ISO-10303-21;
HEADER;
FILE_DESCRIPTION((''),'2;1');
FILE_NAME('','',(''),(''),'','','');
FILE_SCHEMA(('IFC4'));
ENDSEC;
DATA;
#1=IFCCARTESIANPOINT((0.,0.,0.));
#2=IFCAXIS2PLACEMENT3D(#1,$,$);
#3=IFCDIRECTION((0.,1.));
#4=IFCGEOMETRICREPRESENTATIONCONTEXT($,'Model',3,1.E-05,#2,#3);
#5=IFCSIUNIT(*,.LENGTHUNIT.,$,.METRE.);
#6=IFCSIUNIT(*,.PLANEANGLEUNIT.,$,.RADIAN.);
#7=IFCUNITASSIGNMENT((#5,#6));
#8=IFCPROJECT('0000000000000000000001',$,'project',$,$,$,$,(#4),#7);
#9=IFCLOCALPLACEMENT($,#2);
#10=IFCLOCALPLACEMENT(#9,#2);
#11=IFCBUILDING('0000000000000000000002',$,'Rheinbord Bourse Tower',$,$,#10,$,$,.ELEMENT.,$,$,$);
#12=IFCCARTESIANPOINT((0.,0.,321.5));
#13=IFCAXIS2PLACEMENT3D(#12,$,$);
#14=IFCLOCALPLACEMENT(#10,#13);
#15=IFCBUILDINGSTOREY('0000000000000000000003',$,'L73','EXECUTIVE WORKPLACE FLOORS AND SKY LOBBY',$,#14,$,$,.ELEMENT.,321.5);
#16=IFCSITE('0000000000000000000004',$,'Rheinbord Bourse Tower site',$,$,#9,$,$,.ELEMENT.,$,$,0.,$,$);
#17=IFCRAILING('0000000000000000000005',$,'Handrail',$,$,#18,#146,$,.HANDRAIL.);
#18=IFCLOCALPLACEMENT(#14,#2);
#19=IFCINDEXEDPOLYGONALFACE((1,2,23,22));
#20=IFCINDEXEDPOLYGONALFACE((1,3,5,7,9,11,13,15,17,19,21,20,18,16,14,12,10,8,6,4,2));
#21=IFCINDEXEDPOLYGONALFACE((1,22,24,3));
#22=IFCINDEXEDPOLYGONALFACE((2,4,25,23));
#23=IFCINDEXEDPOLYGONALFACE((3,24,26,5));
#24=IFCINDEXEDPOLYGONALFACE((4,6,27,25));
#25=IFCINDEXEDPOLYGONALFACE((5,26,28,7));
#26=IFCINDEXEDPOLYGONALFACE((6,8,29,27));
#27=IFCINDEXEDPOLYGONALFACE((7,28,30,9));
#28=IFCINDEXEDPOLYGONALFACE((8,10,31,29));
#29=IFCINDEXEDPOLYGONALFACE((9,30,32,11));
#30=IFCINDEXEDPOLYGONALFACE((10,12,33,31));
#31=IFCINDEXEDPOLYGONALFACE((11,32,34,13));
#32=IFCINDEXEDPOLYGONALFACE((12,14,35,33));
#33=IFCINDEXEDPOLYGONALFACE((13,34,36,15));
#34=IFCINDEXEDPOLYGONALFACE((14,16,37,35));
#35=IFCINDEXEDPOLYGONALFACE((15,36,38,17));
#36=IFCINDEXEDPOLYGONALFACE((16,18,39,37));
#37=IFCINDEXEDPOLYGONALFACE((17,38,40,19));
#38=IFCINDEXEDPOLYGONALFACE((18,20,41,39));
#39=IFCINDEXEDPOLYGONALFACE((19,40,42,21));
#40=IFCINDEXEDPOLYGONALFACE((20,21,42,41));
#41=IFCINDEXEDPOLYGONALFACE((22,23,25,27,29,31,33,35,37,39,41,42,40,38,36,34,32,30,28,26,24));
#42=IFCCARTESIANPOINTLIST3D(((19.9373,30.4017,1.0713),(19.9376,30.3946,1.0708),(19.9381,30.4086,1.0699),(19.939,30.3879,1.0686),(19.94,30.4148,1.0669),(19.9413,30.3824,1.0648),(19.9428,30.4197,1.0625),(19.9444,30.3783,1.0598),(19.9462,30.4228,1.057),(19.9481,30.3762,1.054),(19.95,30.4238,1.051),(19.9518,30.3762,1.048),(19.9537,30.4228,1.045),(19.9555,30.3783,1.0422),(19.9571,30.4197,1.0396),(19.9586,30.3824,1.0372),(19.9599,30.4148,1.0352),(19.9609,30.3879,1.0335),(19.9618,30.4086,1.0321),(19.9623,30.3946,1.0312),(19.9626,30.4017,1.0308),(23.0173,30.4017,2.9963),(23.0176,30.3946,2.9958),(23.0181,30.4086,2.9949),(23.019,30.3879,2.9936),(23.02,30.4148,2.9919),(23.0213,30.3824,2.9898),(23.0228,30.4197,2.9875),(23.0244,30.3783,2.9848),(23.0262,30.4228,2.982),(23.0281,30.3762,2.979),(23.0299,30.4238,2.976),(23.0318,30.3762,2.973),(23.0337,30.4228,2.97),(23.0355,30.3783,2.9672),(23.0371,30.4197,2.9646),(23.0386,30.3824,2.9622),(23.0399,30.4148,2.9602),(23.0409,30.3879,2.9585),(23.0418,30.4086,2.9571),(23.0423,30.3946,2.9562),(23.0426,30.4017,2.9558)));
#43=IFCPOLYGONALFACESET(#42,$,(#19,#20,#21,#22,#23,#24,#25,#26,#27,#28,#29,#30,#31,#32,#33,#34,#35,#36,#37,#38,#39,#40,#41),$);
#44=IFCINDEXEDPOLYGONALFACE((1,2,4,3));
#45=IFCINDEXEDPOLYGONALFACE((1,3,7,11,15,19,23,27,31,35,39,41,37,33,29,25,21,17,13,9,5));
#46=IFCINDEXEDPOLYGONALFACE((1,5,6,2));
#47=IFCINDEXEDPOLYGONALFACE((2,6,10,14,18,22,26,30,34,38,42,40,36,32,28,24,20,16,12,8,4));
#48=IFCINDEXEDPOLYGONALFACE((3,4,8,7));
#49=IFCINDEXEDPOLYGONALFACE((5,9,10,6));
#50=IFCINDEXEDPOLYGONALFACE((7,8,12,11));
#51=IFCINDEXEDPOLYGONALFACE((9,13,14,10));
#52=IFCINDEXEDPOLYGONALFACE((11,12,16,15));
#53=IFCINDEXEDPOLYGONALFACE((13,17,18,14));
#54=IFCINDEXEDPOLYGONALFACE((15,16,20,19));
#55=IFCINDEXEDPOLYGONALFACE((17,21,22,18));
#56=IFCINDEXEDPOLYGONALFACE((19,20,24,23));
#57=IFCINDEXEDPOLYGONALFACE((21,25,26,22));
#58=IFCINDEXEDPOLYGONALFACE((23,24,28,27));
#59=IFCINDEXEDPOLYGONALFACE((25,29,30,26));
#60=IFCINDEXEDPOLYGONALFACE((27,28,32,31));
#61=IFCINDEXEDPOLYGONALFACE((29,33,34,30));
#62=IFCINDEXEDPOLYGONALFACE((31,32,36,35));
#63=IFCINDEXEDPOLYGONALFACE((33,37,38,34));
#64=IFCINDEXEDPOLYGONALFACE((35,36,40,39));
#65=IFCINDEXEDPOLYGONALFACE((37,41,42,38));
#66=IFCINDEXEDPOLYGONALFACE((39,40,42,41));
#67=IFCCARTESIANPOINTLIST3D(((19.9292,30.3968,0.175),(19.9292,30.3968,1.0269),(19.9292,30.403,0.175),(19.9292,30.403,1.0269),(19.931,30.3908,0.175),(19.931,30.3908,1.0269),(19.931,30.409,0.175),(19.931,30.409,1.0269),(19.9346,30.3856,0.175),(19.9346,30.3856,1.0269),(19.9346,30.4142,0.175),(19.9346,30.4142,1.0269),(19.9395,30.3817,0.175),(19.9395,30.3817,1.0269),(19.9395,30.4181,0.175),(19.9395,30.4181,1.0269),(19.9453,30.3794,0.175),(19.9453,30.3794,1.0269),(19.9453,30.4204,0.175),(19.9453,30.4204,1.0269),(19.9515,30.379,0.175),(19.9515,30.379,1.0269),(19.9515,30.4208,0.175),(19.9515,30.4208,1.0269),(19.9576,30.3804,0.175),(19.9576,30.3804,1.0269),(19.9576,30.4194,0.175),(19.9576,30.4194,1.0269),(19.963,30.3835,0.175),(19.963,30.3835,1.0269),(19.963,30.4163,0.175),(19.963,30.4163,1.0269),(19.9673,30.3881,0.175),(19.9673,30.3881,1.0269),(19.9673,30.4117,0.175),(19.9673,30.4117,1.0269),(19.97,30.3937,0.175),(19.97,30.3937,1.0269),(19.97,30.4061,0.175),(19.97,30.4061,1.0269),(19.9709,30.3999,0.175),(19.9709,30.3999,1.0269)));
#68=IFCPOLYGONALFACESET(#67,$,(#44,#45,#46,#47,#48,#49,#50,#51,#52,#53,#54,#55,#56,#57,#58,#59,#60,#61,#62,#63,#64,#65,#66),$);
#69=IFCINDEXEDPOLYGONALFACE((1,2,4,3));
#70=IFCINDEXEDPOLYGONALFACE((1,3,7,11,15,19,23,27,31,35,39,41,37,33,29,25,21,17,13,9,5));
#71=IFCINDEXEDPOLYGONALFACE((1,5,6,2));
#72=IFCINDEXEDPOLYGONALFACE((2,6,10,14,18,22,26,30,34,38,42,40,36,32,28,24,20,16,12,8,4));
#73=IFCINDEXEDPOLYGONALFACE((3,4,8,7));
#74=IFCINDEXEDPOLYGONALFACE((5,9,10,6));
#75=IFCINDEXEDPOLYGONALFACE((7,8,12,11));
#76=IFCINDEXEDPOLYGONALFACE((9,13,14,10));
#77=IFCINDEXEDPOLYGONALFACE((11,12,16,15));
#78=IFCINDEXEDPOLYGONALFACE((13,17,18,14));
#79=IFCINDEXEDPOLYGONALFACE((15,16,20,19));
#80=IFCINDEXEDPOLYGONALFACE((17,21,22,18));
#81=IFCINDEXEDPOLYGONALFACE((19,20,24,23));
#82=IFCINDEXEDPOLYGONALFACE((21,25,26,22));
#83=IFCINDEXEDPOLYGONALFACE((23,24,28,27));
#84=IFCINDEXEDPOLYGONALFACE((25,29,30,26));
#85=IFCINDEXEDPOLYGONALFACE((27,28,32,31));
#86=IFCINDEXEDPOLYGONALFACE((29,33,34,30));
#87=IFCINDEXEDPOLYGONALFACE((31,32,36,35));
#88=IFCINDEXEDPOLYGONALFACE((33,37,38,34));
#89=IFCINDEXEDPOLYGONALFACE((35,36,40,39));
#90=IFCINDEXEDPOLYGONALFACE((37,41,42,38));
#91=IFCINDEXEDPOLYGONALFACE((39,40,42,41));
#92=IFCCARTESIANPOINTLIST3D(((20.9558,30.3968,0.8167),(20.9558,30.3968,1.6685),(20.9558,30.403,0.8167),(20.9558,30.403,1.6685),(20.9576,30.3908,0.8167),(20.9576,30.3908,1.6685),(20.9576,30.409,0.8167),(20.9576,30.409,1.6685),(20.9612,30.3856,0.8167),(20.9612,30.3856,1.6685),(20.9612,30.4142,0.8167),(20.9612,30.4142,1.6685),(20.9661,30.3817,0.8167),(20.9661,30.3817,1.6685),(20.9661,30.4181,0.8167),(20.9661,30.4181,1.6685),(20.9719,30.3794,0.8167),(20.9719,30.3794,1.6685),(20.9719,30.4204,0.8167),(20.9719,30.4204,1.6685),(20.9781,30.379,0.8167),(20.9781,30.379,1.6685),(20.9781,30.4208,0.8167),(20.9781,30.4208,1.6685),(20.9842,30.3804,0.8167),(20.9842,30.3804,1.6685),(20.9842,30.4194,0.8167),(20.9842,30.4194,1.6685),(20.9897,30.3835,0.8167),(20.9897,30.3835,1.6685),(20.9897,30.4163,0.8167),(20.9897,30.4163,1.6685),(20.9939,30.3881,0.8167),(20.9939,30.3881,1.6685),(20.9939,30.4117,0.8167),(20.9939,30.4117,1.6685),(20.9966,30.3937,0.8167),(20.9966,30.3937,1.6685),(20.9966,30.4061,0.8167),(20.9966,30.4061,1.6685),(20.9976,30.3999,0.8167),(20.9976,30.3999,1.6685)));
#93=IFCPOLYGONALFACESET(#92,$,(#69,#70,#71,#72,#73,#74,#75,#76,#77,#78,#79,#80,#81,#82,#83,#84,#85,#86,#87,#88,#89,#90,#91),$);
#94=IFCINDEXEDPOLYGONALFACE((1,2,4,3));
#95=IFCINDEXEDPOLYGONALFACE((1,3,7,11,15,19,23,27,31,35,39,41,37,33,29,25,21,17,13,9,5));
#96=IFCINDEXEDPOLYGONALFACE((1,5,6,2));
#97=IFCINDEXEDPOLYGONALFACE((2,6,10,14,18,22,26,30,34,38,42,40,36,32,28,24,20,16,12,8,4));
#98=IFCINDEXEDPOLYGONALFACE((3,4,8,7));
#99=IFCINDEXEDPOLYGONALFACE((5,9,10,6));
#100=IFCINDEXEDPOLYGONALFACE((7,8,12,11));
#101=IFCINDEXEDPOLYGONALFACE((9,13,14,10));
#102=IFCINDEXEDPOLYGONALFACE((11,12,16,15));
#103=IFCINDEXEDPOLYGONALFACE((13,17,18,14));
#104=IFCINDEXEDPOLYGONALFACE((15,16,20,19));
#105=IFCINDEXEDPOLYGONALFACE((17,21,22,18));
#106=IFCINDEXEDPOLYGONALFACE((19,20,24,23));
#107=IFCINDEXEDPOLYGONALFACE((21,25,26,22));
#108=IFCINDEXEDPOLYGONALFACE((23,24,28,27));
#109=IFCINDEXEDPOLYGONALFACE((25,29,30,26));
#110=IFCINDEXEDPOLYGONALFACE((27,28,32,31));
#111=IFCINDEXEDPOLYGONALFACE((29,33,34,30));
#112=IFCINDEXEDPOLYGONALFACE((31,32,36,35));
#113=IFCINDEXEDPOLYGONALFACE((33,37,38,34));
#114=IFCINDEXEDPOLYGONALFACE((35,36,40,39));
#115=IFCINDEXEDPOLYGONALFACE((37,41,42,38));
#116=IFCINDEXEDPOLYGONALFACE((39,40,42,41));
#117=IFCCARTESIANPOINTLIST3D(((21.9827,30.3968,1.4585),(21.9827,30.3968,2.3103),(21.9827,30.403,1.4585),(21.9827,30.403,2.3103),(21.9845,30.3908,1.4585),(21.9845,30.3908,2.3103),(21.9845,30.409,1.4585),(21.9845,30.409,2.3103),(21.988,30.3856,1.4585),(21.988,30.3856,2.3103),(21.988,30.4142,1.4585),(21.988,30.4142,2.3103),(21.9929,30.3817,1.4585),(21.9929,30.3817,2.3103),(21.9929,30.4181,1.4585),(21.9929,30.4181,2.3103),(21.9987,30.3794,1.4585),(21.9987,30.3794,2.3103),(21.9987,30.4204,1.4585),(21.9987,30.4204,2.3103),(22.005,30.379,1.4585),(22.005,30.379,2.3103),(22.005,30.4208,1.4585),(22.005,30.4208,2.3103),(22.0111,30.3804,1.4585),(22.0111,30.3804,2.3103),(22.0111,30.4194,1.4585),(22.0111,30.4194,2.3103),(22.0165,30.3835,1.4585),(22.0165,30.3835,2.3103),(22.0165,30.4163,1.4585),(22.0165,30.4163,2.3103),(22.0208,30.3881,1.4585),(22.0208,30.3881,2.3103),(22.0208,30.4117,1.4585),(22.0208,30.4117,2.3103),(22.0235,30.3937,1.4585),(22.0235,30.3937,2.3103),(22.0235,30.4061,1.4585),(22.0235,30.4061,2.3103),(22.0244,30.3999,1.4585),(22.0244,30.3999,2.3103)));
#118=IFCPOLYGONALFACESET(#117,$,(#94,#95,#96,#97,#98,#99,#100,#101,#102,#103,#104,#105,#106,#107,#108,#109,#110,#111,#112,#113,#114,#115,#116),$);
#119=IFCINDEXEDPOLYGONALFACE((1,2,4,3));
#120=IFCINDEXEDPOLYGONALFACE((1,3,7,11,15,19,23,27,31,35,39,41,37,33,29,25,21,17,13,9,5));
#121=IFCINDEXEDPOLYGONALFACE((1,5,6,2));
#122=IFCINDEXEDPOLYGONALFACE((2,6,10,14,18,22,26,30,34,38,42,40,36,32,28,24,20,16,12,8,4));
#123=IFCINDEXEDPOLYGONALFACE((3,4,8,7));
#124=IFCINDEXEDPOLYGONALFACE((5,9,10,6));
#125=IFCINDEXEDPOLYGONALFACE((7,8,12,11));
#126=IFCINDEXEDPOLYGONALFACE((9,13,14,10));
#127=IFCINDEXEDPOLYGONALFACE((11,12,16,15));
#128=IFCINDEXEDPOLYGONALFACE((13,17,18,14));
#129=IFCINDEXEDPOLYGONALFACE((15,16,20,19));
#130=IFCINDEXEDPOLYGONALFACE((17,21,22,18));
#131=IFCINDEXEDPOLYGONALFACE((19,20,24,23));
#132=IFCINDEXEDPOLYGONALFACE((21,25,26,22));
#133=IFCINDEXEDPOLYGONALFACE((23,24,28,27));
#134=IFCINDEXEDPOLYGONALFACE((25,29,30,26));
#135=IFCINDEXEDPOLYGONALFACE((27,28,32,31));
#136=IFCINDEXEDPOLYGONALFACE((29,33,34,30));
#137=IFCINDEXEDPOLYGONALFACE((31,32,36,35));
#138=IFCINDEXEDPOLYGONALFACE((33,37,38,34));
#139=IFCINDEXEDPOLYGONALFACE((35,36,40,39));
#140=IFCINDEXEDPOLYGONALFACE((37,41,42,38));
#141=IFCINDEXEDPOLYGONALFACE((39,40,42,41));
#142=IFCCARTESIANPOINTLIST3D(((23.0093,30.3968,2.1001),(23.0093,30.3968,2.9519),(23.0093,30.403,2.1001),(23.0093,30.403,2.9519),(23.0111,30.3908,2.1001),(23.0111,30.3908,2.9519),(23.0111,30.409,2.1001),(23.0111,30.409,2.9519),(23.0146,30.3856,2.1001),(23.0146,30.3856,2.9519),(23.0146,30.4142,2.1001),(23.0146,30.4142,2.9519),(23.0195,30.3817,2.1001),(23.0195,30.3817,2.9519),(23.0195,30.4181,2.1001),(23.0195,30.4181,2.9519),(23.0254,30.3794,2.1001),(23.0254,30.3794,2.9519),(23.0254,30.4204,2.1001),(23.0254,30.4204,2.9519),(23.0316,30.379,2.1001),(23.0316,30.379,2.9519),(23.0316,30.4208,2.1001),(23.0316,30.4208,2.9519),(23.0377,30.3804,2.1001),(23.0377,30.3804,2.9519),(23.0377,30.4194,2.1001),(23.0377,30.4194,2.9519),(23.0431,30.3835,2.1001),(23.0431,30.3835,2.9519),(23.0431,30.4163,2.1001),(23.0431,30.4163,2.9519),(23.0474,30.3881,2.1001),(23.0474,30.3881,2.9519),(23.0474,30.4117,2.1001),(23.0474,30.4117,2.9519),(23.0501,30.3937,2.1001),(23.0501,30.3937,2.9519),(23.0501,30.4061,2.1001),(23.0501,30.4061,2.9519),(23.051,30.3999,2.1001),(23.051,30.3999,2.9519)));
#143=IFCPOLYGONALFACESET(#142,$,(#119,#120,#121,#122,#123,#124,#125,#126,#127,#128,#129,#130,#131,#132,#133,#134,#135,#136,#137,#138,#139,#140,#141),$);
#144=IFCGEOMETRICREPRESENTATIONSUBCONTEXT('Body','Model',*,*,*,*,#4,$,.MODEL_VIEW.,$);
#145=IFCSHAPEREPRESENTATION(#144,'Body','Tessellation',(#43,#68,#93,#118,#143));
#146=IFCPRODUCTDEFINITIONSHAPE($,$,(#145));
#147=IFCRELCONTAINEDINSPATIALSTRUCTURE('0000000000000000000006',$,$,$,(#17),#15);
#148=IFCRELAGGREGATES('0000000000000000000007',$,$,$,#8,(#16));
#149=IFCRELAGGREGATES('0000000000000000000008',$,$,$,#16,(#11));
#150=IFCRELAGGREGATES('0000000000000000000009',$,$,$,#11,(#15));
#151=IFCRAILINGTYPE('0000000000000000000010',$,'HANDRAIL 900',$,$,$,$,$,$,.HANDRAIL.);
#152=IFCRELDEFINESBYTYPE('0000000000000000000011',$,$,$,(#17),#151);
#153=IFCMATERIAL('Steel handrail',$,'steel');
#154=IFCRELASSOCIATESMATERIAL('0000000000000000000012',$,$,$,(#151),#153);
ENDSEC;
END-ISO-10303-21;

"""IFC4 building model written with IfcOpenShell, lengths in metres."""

from ifc_helpers import new_model, si_unit, direction, frame, origin, origin_2d, place, context, subcontext, project, spatial, circle, extrude, material, type_object, element, save


model = new_model("IFC4")

# Units and contexts
model_context = context("Model", 3, precision=1e-05, world=origin(), true_north=direction((0.0, 1.0)))
body_context = subcontext(model_context, "Body", "Model", "MODEL_VIEW")
ifc_project = project(units=[si_unit("LENGTHUNIT", "METRE"), si_unit("PLANEANGLEUNIT", "RADIAN")], contexts=[model_context])

# Site, building, storey
site_placement = place(None, origin())
site = spatial("IfcSite", under=ifc_project, at=site_placement, Name="Rheinbord Bourse Tower site", CompositionType="ELEMENT", RefElevation=0.0)
building_placement = place(site_placement, origin())
building = spatial("IfcBuilding", under=site, at=building_placement, Name="Rheinbord Bourse Tower", CompositionType="ELEMENT")
storey_placement = place(building_placement, frame((0.0, 0.0, 321.5)))
storey = spatial("IfcBuildingStorey", under=building, at=storey_placement, Name="L73", Description="EXECUTIVE WORKPLACE FLOORS AND SKY LOBBY", CompositionType="ELEMENT", Elevation=321.5)

# Railing
ifc_material_1 = material(Name="Steel handrail", Category="steel")
railing_type = type_object("IfcRailingType", Name="HANDRAIL 900", PredefinedType="HANDRAIL", material=ifc_material_1)
railing_1_placement = place(storey_placement, frame((19.95, 30.3999, 0.175)))
element("IfcRailing", 1, at=railing_1_placement, inside=storey, type_object=railing_type, Name="Handrail", PredefinedType="HANDRAIL", context=body_context, shape_type="SweptSolid", body=[
    extrude(circle(Radius=0.0239, at=origin_2d()), frame((0.0, 0.0, 0.876), z_axis=(0.847998, 0.0, 0.529999), x_axis=(0.0, 1.0, 0.0)), (0.0, 0.0, 1.0), 3.6321),
    extrude(circle(Radius=0.021, at=origin_2d()), origin(), (0.0, 0.0, 1.0), 0.8518),
    extrude(circle(Radius=0.021, at=origin_2d()), frame((1.0266, 0.0, 0.6416)), (0.0, 0.0, 1.0), 0.8518),
    extrude(circle(Radius=0.021, at=origin_2d()), frame((2.0535, 0.0, 1.2834)), (0.0, 0.0, 1.0), 0.8518),
    extrude(circle(Radius=0.021, at=origin_2d()), frame((3.0801, 0.0, 1.925)), (0.0, 0.0, 1.0), 0.8518),
])

save(model, "model.ifc")
